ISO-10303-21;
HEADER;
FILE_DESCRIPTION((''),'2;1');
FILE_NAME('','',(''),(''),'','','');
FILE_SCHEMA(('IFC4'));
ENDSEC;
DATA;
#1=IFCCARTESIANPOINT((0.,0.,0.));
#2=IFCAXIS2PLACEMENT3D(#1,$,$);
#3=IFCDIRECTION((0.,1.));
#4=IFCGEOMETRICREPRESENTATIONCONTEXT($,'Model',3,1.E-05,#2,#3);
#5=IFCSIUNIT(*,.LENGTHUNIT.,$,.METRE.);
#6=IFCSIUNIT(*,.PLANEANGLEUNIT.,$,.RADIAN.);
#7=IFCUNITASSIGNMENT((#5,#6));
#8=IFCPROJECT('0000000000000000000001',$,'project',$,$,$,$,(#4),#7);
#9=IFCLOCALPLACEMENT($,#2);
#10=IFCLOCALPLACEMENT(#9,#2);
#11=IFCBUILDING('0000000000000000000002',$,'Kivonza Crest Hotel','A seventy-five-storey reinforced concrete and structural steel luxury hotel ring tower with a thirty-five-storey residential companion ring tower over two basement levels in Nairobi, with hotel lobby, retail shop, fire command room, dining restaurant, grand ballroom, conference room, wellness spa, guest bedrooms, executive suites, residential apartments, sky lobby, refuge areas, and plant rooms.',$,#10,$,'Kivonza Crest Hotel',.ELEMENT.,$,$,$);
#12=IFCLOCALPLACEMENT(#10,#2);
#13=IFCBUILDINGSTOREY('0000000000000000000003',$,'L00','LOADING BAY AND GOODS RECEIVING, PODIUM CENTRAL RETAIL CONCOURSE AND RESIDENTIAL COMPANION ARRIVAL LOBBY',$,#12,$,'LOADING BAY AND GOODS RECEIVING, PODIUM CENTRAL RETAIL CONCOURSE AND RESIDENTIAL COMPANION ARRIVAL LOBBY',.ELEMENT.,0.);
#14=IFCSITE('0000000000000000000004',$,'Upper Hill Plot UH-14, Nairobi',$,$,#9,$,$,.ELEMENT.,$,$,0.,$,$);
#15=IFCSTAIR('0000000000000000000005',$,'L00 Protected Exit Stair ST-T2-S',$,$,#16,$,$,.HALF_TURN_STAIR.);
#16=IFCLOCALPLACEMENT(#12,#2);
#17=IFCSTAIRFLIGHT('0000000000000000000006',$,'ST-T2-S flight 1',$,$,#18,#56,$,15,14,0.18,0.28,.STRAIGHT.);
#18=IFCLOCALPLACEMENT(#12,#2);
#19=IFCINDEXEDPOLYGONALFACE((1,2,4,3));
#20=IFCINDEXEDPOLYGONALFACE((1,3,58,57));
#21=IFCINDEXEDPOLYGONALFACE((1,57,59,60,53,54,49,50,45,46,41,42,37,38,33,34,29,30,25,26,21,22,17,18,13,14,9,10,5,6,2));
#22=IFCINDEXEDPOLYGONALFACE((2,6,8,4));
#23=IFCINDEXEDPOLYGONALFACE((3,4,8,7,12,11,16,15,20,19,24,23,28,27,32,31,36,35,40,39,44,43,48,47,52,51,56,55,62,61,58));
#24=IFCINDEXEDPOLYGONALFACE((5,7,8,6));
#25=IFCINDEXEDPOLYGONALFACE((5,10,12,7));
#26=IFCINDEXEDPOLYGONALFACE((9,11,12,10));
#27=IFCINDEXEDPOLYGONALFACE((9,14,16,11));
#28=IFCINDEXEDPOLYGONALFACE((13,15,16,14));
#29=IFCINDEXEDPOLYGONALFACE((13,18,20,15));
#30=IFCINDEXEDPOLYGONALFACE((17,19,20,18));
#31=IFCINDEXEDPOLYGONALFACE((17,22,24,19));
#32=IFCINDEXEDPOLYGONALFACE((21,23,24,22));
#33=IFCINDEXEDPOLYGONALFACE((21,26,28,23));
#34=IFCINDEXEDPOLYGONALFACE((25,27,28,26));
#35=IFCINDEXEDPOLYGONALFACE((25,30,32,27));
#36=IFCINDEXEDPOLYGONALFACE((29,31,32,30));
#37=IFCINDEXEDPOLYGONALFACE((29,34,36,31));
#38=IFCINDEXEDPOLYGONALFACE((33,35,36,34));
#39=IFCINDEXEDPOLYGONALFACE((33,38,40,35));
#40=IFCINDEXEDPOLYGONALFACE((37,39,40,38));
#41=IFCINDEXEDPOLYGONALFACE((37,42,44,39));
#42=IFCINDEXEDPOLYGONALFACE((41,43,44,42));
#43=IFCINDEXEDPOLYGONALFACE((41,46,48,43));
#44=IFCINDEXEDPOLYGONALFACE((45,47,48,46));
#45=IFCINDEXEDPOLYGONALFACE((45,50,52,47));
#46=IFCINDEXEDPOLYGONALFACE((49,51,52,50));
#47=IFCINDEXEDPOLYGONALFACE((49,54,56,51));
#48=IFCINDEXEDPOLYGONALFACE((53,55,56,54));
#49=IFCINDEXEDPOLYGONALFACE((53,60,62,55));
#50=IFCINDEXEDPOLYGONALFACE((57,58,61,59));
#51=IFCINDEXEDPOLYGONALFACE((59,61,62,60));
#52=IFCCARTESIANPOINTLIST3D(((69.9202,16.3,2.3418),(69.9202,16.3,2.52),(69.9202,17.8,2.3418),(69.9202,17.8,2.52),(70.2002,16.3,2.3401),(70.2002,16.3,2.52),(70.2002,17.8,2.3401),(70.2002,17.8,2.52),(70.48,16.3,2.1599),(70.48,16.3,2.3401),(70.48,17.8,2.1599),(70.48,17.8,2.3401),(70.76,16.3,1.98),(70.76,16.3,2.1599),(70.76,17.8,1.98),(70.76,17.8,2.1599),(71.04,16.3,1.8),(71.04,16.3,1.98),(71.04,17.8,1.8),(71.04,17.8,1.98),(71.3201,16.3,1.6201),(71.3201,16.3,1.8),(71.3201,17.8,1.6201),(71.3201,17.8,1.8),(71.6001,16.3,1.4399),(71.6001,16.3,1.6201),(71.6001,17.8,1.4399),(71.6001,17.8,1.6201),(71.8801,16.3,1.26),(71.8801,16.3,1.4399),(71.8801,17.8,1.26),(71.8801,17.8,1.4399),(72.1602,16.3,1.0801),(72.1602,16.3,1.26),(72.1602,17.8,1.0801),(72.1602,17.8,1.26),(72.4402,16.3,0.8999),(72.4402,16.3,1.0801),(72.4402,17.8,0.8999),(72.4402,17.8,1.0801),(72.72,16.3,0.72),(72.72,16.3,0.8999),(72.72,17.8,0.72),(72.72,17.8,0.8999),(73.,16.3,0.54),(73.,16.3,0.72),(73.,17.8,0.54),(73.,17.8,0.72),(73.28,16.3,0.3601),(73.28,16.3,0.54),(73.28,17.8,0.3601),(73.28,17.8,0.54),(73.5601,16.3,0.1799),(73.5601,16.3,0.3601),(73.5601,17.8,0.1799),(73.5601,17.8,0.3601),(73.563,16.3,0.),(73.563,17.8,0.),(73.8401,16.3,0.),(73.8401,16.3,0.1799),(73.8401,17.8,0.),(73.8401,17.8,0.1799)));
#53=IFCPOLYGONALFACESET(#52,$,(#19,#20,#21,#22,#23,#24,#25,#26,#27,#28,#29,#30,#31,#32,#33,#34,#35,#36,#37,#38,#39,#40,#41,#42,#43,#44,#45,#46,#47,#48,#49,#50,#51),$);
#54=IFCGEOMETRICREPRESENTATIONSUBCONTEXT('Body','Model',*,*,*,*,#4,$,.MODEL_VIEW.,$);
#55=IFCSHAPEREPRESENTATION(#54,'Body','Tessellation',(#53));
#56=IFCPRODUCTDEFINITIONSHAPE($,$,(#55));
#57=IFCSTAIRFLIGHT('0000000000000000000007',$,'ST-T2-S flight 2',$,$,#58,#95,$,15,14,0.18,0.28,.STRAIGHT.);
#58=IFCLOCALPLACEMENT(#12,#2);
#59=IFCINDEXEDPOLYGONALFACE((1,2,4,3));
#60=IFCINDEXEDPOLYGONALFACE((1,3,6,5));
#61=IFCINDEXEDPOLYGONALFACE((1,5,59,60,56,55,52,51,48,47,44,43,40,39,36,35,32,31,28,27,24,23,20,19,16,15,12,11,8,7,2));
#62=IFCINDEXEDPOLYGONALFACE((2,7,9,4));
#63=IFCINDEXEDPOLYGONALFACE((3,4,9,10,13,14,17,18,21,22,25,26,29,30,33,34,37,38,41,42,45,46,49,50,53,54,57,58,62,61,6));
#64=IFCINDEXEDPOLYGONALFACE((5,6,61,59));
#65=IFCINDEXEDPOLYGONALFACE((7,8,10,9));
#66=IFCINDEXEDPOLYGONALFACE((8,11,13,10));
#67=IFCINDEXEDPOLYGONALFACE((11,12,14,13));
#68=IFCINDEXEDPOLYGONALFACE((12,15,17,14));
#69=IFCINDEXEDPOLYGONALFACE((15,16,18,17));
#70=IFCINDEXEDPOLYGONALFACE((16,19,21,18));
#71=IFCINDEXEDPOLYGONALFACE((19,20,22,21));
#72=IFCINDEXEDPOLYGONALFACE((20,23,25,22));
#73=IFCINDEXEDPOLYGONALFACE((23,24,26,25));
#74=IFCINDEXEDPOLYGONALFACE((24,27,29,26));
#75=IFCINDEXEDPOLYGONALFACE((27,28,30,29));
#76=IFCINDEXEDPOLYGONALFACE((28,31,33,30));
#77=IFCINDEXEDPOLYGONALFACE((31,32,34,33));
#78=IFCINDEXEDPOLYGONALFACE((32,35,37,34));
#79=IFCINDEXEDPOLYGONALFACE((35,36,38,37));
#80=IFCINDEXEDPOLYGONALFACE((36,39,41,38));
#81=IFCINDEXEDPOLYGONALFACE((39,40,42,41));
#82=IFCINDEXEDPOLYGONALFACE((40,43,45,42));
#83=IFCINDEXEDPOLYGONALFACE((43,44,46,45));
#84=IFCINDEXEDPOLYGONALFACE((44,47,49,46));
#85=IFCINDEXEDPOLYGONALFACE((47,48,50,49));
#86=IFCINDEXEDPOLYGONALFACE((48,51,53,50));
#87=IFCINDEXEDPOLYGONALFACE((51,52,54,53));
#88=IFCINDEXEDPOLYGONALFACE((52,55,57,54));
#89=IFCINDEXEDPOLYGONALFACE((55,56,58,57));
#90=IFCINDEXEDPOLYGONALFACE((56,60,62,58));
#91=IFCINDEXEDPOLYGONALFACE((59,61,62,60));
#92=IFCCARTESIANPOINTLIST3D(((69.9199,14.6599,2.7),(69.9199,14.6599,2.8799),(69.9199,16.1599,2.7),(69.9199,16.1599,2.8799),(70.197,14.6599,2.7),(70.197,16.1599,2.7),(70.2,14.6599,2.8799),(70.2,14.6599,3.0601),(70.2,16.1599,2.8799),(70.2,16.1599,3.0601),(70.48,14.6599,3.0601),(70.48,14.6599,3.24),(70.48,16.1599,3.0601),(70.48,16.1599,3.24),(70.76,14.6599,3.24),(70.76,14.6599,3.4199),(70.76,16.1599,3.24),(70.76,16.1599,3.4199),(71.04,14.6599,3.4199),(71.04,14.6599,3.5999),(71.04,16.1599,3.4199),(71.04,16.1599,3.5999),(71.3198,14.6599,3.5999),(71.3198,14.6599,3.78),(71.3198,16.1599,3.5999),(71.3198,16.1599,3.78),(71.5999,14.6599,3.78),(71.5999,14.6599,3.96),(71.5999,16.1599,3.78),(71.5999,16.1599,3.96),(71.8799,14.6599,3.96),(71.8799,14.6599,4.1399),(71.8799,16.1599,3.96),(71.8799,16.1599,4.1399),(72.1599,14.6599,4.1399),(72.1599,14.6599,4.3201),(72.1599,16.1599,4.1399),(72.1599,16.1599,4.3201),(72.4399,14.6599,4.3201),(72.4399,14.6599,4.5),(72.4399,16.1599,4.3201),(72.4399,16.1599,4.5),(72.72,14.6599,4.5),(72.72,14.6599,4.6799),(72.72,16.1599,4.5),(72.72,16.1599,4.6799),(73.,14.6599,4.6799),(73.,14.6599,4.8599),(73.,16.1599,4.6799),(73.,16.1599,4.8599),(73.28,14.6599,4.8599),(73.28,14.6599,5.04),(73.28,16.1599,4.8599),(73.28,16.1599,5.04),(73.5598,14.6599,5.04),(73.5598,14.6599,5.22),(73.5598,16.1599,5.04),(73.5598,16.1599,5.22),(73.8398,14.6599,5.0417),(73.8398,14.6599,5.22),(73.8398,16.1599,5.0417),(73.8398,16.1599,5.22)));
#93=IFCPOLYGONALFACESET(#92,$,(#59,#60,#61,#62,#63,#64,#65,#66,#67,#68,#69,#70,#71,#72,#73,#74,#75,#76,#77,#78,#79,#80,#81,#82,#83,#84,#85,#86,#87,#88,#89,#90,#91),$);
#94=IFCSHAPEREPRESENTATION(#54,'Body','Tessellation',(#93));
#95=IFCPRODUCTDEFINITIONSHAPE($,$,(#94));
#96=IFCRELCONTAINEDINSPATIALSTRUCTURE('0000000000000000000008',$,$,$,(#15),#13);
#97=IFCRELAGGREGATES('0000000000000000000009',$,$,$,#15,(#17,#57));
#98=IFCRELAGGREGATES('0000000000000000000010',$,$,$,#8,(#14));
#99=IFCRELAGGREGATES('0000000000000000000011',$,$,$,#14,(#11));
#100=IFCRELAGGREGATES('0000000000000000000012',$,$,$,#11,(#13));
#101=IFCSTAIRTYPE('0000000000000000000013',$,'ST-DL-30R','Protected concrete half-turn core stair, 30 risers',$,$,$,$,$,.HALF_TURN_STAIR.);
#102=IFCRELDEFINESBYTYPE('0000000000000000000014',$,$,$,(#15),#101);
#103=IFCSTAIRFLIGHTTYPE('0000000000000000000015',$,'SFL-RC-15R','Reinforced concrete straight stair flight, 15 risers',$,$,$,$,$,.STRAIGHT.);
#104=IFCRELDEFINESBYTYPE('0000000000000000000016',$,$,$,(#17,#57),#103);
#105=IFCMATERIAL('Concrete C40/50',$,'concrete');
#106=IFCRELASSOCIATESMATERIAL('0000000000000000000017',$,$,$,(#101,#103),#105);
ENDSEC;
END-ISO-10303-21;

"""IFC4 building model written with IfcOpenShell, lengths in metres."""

from ifc_helpers import new_model, si_unit, direction, frame, origin, place, context, subcontext, project, spatial, polyline, outline, extrude, material, type_object, element, aggregate, save


model = new_model("IFC4")

# Units and contexts
model_context = context("Model", 3, precision=1e-05, world=origin(), true_north=direction((0.0, 1.0)))
body_context = subcontext(model_context, "Body", "Model", "MODEL_VIEW")
ifc_project = project(units=[si_unit("LENGTHUNIT", "METRE"), si_unit("PLANEANGLEUNIT", "RADIAN")], contexts=[model_context])

# Site, building, storey
site_placement = place(None, origin())
site = spatial("IfcSite", under=ifc_project, at=site_placement, Name="Upper Hill Plot UH-14, Nairobi", CompositionType="ELEMENT", RefElevation=0.0)
building_placement = place(site_placement, origin())
building = spatial("IfcBuilding", under=site, at=building_placement, Name="Kivonza Crest Hotel", Description="A seventy-five-storey reinforced concrete and structural steel luxury hotel ring tower with a thirty-five-storey residential companion ring tower over two basement levels in Nairobi, with hotel lobby, retail shop, fire command room, dining restaurant, grand ballroom, conference room, wellness spa, guest bedrooms, executive suites, residential apartments, sky lobby, refuge areas, and plant rooms.", LongName="Kivonza Crest Hotel", CompositionType="ELEMENT")
storey_placement = place(building_placement, origin())
storey = spatial("IfcBuildingStorey", under=building, at=storey_placement, Name="L00", Description="LOADING BAY AND GOODS RECEIVING, PODIUM CENTRAL RETAIL CONCOURSE AND RESIDENTIAL COMPANION ARRIVAL LOBBY", LongName="LOADING BAY AND GOODS RECEIVING, PODIUM CENTRAL RETAIL CONCOURSE AND RESIDENTIAL COMPANION ARRIVAL LOBBY", CompositionType="ELEMENT", Elevation=0.0)

# Stair, stair flights
ifc_material_1 = material(Name="Concrete C40/50", Category="concrete")
stair_type = type_object("IfcStairType", Name="ST-DL-30R", Description="Protected concrete half-turn core stair, 30 risers", PredefinedType="HALF_TURN_STAIR", material=ifc_material_1)
stair_placement = place(storey_placement, origin())
stair = element("IfcStair", 1, at=stair_placement, inside=storey, type_object=stair_type, Name="L00 Protected Exit Stair ST-T2-S", PredefinedType="HALF_TURN_STAIR")
stair_flight_type = type_object("IfcStairFlightType", Name="SFL-RC-15R", Description="Reinforced concrete straight stair flight, 15 risers", PredefinedType="STRAIGHT", material=ifc_material_1)
stair_flight_1_placement = place(storey_placement, frame((73.8401, 17.05, 0.0), z_axis=(0.0, 0.0, 1.0), x_axis=(-1.0, 0.0, 0.0)))
stair_flight_1 = element("IfcStairFlight", 2, at=stair_flight_1_placement, type_object=stair_flight_type, Name="ST-T2-S flight 1", NumberOfRisers=15, NumberOfTreads=14, PredefinedType="STRAIGHT", RiserHeight=0.18, TreadLength=0.28, context=body_context, shape_type="SweptSolid", body=[
    extrude(outline(polyline([(0.0, 0.0), (0.0, 0.1799), (0.28, 0.1799), (0.28, 0.3601), (0.5601, 0.3601), (0.5601, 0.54), (0.8401, 0.54), (0.8401, 0.72), (1.1201, 0.72), (1.1201, 0.8999), (1.3999, 0.8999), (1.3999, 1.0801), (1.6799, 1.0801), (1.6799, 1.26), (1.96, 1.26), (1.96, 1.4399), (2.24, 1.4399), (2.24, 1.6201), (2.52, 1.6201), (2.52, 1.8), (2.8, 1.8), (2.8, 1.98), (3.0801, 1.98), (3.0801, 2.1599), (3.3601, 2.1599), (3.3601, 2.3401), (3.6399, 2.3401), (3.6399, 2.52), (3.9199, 2.52), (3.9199, 2.7), (3.9199, 2.3418), (0.2771, 0.0), (0.0, 0.0)])), frame((0.0, 0.75, 0.0), z_axis=(0.0, -1.0, 0.0), x_axis=(1.0, 0.0, 0.0)), (0.0, 0.0, 1.0), 1.5),
])
stair_flight_2_placement = place(storey_placement, frame((69.9199, 15.4099, 2.7), z_axis=(0.0, 0.0, 1.0), x_axis=(1.0, 0.0, 0.0)))
stair_flight_2 = element("IfcStairFlight", 3, at=stair_flight_2_placement, type_object=stair_flight_type, Name="ST-T2-S flight 2", NumberOfRisers=15, NumberOfTreads=14, PredefinedType="STRAIGHT", RiserHeight=0.18, TreadLength=0.28, context=body_context, shape_type="SweptSolid", body=[
    extrude(outline(polyline([(0.0, 0.0), (0.0, 0.1799), (0.28, 0.1799), (0.28, 0.3601), (0.5601, 0.3601), (0.5601, 0.54), (0.8401, 0.54), (0.8401, 0.72), (1.1201, 0.72), (1.1201, 0.8999), (1.3999, 0.8999), (1.3999, 1.0801), (1.6799, 1.0801), (1.6799, 1.26), (1.96, 1.26), (1.96, 1.4399), (2.24, 1.4399), (2.24, 1.6201), (2.52, 1.6201), (2.52, 1.8), (2.8, 1.8), (2.8, 1.98), (3.0801, 1.98), (3.0801, 2.1599), (3.3601, 2.1599), (3.3601, 2.3401), (3.6399, 2.3401), (3.6399, 2.52), (3.9199, 2.52), (3.9199, 2.7), (3.9199, 2.3418), (0.2771, 0.0), (0.0, 0.0)])), frame((0.0, 0.75, 0.0), z_axis=(0.0, -1.0, 0.0), x_axis=(1.0, 0.0, 0.0)), (0.0, 0.0, 1.0), 1.5),
])
aggregate(stair, [stair_flight_1, stair_flight_2])

save(model, "model.ifc")
